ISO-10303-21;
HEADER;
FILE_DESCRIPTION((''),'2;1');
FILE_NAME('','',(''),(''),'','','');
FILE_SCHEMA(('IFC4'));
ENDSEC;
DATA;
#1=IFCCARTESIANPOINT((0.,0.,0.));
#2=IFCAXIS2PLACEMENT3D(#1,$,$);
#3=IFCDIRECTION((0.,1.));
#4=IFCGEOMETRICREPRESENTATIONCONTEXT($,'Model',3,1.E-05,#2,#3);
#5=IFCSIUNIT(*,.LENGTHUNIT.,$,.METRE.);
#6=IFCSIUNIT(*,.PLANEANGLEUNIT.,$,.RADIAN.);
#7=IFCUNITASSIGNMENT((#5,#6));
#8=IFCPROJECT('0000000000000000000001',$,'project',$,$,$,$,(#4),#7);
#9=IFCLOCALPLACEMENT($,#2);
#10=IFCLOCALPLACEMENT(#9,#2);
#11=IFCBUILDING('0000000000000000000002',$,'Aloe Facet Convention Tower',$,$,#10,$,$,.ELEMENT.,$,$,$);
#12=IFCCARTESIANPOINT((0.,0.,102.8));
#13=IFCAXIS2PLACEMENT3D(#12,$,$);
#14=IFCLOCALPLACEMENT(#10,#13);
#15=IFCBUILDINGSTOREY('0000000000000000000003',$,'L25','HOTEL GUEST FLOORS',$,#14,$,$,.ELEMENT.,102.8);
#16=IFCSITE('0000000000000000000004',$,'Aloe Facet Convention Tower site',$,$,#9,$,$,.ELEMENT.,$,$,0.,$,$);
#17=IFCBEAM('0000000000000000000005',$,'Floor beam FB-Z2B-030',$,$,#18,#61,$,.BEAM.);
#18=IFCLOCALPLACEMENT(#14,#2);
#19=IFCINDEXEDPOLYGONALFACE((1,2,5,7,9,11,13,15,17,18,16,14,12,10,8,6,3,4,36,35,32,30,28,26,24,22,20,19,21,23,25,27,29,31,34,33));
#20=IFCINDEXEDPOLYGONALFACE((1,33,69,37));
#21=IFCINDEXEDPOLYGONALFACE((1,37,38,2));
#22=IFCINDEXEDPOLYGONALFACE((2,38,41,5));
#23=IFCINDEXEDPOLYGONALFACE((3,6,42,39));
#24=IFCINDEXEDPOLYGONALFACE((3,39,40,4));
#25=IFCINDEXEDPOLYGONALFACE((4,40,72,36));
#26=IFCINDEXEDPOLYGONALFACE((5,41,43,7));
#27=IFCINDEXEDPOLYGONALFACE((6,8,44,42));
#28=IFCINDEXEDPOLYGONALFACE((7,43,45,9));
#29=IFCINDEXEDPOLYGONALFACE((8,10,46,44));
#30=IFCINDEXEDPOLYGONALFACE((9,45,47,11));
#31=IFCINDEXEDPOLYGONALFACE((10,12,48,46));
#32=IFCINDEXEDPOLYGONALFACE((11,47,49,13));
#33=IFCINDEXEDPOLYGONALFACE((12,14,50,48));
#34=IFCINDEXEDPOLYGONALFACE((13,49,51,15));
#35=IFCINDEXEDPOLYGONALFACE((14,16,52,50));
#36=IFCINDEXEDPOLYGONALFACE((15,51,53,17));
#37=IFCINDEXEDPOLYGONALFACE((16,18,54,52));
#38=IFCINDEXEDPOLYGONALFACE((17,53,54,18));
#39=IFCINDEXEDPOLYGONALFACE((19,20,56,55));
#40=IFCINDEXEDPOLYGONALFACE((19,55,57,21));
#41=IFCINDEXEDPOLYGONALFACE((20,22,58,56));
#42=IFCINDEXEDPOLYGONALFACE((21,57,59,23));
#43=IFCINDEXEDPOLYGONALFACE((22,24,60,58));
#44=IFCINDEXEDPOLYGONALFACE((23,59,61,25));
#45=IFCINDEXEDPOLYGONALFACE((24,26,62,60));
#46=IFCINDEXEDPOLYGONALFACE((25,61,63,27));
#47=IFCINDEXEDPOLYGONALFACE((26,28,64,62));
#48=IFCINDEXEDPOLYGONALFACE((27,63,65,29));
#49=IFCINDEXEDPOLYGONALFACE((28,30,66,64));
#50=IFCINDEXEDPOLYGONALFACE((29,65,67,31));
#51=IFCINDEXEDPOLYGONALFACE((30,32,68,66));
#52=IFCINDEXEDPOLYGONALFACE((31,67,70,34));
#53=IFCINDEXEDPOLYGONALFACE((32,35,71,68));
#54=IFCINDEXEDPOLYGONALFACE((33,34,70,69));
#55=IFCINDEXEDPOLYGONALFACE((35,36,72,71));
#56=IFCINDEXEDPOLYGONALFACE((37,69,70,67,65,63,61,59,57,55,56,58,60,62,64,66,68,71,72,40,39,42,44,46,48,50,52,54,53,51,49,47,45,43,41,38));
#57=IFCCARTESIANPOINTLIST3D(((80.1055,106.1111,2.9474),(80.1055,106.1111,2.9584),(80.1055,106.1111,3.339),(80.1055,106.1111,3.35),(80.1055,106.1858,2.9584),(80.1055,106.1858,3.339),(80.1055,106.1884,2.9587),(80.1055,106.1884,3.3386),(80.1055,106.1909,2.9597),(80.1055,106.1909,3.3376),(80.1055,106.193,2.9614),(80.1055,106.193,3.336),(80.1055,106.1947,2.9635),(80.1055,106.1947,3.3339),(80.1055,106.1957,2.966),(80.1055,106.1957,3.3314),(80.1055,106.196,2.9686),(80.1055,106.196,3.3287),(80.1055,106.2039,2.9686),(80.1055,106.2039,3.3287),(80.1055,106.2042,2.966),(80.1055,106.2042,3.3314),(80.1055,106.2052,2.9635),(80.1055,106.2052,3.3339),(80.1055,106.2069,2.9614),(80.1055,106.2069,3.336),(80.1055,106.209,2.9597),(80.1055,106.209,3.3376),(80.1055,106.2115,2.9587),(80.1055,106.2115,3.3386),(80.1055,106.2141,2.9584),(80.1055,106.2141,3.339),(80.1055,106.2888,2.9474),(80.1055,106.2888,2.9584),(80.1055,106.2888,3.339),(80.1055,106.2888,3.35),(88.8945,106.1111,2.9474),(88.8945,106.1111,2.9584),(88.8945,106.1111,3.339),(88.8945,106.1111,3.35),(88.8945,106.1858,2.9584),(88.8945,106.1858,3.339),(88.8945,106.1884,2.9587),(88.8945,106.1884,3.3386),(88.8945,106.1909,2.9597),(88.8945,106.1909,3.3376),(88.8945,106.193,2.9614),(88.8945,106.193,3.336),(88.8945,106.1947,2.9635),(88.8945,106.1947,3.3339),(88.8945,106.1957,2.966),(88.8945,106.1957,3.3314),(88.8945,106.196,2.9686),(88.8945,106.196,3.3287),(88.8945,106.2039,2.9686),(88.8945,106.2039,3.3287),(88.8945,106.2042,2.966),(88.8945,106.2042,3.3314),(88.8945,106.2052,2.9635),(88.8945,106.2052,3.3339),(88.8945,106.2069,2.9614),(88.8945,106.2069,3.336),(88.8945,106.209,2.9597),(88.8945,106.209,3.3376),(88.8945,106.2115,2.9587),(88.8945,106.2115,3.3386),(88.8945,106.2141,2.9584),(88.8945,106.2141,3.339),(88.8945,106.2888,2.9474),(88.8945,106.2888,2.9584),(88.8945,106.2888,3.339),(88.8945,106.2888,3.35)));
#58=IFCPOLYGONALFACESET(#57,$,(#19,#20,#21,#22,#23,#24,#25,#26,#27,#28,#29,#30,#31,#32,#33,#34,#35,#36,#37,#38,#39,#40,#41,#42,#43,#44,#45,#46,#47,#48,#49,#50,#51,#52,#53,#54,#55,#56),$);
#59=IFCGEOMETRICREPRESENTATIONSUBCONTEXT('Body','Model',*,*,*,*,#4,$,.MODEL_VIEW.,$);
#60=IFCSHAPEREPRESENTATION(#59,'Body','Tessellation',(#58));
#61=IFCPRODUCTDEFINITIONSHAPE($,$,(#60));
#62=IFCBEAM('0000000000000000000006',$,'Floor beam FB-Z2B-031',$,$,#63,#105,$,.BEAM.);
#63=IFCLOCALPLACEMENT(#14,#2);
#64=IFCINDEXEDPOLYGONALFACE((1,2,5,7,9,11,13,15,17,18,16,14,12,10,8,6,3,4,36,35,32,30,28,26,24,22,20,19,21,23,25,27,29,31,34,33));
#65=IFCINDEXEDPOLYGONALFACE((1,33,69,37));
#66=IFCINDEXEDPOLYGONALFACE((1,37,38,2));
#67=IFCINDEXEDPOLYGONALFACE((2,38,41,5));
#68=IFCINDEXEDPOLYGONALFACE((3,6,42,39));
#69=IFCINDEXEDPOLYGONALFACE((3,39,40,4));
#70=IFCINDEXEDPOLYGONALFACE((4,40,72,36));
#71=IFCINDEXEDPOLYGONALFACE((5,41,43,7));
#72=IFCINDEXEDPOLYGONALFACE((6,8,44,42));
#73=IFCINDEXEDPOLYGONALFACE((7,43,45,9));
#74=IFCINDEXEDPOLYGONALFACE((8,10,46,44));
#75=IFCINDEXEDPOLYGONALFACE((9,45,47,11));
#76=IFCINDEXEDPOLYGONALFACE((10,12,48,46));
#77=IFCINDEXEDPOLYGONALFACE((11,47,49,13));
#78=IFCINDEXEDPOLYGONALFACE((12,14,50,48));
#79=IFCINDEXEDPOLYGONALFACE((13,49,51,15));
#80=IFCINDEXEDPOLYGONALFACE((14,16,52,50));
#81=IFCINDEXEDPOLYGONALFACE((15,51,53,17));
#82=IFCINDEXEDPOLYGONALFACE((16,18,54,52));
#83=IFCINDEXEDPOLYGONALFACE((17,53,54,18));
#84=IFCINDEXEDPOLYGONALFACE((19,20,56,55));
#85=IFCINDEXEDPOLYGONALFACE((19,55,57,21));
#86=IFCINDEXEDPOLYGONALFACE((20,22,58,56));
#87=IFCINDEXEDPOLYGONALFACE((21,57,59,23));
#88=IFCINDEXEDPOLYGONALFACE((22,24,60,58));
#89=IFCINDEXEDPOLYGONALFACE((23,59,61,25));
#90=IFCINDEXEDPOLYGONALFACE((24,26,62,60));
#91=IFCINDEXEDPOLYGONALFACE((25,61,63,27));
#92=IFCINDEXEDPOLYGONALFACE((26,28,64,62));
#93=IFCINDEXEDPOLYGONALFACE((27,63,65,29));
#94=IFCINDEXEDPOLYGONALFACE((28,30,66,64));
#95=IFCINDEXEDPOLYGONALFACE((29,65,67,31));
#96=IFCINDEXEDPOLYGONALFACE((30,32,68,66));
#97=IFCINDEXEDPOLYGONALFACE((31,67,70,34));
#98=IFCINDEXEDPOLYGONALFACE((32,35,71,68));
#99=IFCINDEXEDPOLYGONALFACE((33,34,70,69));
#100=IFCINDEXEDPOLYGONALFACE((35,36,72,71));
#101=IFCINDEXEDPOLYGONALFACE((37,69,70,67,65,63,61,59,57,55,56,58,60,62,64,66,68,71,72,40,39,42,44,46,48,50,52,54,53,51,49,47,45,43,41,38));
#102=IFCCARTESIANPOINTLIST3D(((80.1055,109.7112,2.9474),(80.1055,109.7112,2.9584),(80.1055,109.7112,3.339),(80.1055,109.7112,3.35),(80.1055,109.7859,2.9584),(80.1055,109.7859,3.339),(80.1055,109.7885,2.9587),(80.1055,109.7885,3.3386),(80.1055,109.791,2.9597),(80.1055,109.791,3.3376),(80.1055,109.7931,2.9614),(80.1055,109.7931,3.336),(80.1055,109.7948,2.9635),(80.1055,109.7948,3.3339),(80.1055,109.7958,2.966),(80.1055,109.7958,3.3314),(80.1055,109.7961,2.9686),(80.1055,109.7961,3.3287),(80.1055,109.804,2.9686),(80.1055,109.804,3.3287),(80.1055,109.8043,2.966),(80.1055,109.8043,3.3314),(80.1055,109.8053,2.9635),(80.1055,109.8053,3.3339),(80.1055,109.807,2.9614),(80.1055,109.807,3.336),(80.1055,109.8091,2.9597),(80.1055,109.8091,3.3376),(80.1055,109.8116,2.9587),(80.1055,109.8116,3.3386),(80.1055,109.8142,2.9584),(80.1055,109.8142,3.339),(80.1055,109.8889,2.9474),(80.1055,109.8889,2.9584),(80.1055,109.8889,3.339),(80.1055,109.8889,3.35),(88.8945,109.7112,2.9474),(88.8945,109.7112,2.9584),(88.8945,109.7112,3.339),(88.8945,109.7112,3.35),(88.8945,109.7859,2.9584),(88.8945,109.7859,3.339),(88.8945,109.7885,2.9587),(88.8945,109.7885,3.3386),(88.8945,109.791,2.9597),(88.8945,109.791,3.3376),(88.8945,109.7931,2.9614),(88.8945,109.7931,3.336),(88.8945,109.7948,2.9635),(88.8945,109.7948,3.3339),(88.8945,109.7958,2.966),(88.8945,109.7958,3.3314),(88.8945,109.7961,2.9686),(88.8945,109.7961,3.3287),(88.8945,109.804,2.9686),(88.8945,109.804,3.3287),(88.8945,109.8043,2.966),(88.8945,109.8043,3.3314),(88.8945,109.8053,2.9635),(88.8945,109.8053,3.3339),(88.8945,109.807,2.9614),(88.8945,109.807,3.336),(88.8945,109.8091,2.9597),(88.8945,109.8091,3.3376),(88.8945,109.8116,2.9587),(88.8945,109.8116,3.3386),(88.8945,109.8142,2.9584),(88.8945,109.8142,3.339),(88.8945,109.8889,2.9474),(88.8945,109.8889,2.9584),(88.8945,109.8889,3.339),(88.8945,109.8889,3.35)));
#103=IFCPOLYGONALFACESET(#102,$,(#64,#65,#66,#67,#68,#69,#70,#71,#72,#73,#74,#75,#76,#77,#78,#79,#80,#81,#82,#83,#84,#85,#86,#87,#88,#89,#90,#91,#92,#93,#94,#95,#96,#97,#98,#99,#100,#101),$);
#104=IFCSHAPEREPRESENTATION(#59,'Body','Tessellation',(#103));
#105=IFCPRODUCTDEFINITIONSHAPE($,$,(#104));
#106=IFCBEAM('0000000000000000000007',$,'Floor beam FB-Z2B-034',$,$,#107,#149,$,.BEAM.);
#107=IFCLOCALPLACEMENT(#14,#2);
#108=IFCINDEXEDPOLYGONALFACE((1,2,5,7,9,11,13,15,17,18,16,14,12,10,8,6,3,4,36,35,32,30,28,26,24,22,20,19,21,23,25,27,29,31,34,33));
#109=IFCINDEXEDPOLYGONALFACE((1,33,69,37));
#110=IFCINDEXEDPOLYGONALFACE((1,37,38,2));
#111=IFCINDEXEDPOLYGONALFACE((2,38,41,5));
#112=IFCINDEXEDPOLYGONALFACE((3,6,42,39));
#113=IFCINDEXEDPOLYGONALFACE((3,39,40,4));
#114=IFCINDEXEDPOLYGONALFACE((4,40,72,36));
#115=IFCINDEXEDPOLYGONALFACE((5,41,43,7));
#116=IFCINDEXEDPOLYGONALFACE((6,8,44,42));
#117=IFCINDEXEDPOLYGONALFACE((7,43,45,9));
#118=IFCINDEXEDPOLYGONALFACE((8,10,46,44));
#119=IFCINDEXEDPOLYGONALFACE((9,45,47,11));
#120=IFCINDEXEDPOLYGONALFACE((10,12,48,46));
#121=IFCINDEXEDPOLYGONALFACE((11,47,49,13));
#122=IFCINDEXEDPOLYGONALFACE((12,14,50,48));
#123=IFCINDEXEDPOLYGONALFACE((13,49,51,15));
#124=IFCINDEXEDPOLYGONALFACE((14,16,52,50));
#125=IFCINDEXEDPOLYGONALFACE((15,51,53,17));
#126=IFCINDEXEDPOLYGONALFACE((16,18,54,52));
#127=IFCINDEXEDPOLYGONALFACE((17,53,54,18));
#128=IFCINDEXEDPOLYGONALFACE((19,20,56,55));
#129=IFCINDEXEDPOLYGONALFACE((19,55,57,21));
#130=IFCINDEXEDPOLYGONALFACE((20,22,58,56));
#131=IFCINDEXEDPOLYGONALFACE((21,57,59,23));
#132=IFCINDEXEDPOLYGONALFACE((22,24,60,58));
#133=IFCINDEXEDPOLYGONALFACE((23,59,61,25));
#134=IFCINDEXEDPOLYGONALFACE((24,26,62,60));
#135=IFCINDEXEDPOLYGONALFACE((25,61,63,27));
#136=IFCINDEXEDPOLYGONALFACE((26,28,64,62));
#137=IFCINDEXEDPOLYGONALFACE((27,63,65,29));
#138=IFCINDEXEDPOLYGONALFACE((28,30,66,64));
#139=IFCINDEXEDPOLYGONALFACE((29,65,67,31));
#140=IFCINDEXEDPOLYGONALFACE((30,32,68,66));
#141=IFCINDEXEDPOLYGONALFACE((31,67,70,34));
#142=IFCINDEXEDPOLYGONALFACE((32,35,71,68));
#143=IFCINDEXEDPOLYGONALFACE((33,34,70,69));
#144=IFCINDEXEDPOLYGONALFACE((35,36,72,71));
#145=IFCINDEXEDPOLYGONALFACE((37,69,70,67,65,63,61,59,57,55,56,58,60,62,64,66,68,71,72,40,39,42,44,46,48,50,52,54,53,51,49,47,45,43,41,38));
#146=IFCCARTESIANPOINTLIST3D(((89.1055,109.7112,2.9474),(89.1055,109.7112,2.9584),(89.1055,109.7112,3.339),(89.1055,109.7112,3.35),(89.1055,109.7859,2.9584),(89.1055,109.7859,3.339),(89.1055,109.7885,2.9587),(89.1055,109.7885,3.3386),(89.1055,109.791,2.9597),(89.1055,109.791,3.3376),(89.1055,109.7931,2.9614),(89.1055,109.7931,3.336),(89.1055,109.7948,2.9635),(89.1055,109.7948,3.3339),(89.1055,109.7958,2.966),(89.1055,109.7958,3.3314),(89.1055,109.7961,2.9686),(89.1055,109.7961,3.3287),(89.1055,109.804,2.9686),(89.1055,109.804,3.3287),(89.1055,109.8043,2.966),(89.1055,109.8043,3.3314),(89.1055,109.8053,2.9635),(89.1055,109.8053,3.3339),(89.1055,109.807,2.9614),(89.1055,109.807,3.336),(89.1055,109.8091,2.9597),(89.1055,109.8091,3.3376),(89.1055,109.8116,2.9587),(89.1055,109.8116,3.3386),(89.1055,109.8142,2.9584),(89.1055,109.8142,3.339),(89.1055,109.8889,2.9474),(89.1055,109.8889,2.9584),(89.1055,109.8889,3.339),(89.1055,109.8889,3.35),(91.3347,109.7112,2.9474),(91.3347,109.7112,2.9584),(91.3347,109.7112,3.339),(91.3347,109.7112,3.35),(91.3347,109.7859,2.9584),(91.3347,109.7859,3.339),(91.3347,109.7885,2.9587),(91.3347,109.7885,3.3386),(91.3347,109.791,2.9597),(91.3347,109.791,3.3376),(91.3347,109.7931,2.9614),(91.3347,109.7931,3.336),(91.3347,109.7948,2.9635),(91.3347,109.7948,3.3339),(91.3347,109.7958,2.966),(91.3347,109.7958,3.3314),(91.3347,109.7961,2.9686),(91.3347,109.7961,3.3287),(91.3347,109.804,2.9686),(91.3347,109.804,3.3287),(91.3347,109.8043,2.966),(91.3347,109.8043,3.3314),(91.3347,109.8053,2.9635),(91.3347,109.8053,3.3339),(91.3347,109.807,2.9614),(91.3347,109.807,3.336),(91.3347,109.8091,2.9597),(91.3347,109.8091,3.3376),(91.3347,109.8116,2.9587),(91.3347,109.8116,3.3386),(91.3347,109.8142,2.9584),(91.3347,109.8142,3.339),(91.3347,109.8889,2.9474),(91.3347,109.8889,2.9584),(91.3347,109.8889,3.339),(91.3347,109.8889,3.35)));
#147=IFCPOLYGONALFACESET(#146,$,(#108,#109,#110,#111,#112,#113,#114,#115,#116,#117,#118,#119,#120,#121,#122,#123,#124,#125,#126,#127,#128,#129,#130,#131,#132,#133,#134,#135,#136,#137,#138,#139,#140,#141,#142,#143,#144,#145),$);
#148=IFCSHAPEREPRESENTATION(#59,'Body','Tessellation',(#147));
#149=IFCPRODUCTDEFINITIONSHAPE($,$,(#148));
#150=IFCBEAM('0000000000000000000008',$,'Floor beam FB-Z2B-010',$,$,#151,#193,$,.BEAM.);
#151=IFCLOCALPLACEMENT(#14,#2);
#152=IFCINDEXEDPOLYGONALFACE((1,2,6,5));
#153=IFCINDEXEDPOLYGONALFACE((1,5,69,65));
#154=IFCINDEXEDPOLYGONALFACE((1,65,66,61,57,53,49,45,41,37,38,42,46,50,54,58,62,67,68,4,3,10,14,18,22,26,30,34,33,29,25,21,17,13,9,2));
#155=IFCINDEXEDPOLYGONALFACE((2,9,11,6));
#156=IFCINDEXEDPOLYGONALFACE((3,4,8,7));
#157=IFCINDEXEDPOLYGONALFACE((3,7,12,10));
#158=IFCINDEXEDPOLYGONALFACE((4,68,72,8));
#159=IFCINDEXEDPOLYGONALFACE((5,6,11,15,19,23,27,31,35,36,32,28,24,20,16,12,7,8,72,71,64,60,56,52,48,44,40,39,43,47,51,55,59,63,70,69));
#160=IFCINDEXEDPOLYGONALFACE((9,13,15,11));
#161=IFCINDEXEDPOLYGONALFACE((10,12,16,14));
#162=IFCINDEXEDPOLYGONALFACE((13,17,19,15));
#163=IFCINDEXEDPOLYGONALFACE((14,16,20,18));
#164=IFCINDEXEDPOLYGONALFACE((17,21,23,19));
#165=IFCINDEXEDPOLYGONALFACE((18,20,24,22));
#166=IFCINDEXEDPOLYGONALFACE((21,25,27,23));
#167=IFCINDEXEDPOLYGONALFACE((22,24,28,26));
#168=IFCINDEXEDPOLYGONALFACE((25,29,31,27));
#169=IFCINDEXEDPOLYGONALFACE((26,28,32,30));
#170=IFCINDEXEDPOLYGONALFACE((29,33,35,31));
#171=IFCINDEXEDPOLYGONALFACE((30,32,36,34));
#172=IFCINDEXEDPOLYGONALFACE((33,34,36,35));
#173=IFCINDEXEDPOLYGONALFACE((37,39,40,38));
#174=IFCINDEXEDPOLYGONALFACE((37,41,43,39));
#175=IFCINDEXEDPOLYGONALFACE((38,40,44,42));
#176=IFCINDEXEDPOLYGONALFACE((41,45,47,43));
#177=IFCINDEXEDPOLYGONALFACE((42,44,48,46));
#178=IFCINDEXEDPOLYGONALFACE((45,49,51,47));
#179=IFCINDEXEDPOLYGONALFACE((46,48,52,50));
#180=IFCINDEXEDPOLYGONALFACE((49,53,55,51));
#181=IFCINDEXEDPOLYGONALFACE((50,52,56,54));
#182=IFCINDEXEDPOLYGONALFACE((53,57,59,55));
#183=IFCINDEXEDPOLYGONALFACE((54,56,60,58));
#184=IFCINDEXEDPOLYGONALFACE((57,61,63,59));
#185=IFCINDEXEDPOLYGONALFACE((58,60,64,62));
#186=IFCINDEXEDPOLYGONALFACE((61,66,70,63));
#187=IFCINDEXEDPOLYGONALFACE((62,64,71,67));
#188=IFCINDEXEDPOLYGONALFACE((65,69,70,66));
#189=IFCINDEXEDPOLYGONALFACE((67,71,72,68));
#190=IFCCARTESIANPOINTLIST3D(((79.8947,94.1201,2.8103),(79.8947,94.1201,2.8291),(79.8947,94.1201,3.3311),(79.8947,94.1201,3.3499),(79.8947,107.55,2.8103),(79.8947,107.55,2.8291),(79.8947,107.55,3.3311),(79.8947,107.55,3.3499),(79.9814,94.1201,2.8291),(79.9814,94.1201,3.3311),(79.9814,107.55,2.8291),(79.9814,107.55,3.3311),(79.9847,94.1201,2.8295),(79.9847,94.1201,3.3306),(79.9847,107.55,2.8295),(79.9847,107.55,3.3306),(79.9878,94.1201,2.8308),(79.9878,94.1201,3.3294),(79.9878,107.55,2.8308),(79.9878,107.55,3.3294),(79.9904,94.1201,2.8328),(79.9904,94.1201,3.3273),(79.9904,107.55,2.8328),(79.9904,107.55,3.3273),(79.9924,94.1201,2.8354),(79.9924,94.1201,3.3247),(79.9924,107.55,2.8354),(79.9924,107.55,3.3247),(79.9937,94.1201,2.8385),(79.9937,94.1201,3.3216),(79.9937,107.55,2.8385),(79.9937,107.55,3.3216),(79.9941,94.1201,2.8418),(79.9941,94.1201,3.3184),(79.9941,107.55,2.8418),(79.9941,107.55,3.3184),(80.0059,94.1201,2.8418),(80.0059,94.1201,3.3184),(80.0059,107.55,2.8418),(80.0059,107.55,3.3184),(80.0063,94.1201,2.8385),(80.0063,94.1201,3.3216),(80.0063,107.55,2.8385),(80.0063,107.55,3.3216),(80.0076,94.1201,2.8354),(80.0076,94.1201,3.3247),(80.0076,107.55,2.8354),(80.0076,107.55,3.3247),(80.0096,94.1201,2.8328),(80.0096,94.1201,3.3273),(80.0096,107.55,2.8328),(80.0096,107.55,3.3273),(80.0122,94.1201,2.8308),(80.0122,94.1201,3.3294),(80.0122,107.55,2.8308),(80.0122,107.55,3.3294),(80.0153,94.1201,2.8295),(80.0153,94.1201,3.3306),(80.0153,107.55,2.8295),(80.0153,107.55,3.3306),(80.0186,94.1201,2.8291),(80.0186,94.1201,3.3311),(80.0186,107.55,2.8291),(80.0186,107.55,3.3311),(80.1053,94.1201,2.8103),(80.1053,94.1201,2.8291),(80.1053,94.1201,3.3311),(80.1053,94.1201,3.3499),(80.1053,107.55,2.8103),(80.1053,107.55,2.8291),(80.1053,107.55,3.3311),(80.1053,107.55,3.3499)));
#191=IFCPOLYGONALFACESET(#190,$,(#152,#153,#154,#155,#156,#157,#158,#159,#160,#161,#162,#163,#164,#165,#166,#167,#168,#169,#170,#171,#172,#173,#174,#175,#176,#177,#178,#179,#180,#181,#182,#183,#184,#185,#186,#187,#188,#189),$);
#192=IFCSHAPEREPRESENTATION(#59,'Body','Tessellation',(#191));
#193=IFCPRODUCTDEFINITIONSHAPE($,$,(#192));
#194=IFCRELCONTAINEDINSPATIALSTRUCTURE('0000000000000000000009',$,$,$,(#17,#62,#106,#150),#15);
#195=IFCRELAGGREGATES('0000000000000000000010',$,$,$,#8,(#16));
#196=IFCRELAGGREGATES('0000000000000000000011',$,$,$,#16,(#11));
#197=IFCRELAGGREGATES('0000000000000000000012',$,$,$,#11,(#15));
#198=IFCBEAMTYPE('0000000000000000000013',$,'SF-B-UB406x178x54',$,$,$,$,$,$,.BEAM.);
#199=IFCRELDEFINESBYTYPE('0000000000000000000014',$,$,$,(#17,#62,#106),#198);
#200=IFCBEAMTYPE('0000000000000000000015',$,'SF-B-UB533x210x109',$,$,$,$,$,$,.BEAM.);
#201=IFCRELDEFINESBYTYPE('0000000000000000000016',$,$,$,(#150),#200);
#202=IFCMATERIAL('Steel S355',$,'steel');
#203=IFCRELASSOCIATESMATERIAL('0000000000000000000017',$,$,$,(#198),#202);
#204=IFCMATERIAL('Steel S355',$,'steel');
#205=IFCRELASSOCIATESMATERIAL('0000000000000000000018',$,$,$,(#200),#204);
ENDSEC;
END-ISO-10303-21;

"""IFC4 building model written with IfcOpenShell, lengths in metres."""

from ifc_helpers import new_model, si_unit, direction, frame, origin, origin_2d, place, context, subcontext, project, spatial, i_section, extrude, material, material_profile, profile_set, type_object, element, save


model = new_model("IFC4")

# Units and contexts
model_context = context("Model", 3, precision=1e-05, world=origin(), true_north=direction((0.0, 1.0)))
body_context = subcontext(model_context, "Body", "Model", "MODEL_VIEW")
ifc_project = project(units=[si_unit("LENGTHUNIT", "METRE"), si_unit("PLANEANGLEUNIT", "RADIAN")], contexts=[model_context])

# Site, building, storey
site_placement = place(None, origin())
site = spatial("IfcSite", under=ifc_project, at=site_placement, Name="Aloe Facet Convention Tower site", CompositionType="ELEMENT", RefElevation=0.0)
building_placement = place(site_placement, origin())
building = spatial("IfcBuilding", under=site, at=building_placement, Name="Aloe Facet Convention Tower", CompositionType="ELEMENT")
storey_placement = place(building_placement, frame((0.0, 0.0, 102.8)))
storey = spatial("IfcBuildingStorey", under=building, at=storey_placement, Name="L25", Description="HOTEL GUEST FLOORS", CompositionType="ELEMENT", Elevation=102.8)

# Beams
ifc_material_1 = material(Name="Steel S355", Category="steel")
ifc_material_profile_1 = material_profile(ifc_material_1, i_section(OverallWidth=0.1777, OverallDepth=0.4026, WebThickness=0.0078, FlangeThickness=0.011, FilletRadius=0.0103, at=origin_2d()), Name="UB 406x178x54")
ifc_profile_set_1 = profile_set([ifc_material_profile_1], Name="Steel S355")
beam_type_1 = type_object("IfcBeamType", Name="SF-B-UB406x178x54", PredefinedType="BEAM", material=ifc_profile_set_1)
for number, where, z_axis, x_axis, name in (
    (1, (80.1055, 106.2, 3.1487), (1.0, 0.0, 0.0), (0.0, 1.0, 0.0), "Floor beam FB-Z2B-030"),
    (2, (80.1055, 109.8, 3.1487), (1.0, 0.0, 0.0), (0.0, 1.0, 0.0), "Floor beam FB-Z2B-031"),
):
    element("IfcBeam", number, at=place(storey_placement, frame(where, z_axis=z_axis, x_axis=x_axis)), inside=storey, type_object=beam_type_1, Name=name, PredefinedType="BEAM", context=body_context, shape_type="SweptSolid", body=[
        extrude(i_section(OverallWidth=0.1777, OverallDepth=0.4026, WebThickness=0.0078, FlangeThickness=0.011, FilletRadius=0.0103, at=origin_2d()), origin(), (0.0, 0.0, 1.0), 8.7891),
    ])
beam_1_placement = place(storey_placement, frame((89.1055, 109.8, 3.1487), z_axis=(1.0, 0.0, 0.0), x_axis=(0.0, 1.0, 0.0)))
element("IfcBeam", 3, at=beam_1_placement, inside=storey, type_object=beam_type_1, Name="Floor beam FB-Z2B-034", PredefinedType="BEAM", context=body_context, shape_type="SweptSolid", body=[
    extrude(i_section(OverallWidth=0.1777, OverallDepth=0.4026, WebThickness=0.0078, FlangeThickness=0.011, FilletRadius=0.0103, at=origin_2d()), origin(), (0.0, 0.0, 1.0), 2.2292),
])
ifc_material_2 = material(Name="Steel S355", Category="steel")
ifc_material_profile_2 = material_profile(ifc_material_2, i_section(OverallWidth=0.2107, OverallDepth=0.5396, WebThickness=0.0117, FlangeThickness=0.0188, FilletRadius=0.0127, at=origin_2d()), Name="UB 533x210x109")
ifc_profile_set_2 = profile_set([ifc_material_profile_2], Name="Steel S355")
beam_type_2 = type_object("IfcBeamType", Name="SF-B-UB533x210x109", PredefinedType="BEAM", material=ifc_profile_set_2)
beam_2_placement = place(storey_placement, frame((80.0, 107.55, 3.0801), z_axis=(0.0, -1.0, 0.0), x_axis=(1.0, 0.0, 0.0)))
element("IfcBeam", 4, at=beam_2_placement, inside=storey, type_object=beam_type_2, Name="Floor beam FB-Z2B-010", PredefinedType="BEAM", context=body_context, shape_type="SweptSolid", body=[
    extrude(i_section(OverallWidth=0.2107, OverallDepth=0.5396, WebThickness=0.0117, FlangeThickness=0.0188, FilletRadius=0.0127, at=origin_2d()), origin(), (0.0, 0.0, 1.0), 13.4299),
])

save(model, "model.ifc")
